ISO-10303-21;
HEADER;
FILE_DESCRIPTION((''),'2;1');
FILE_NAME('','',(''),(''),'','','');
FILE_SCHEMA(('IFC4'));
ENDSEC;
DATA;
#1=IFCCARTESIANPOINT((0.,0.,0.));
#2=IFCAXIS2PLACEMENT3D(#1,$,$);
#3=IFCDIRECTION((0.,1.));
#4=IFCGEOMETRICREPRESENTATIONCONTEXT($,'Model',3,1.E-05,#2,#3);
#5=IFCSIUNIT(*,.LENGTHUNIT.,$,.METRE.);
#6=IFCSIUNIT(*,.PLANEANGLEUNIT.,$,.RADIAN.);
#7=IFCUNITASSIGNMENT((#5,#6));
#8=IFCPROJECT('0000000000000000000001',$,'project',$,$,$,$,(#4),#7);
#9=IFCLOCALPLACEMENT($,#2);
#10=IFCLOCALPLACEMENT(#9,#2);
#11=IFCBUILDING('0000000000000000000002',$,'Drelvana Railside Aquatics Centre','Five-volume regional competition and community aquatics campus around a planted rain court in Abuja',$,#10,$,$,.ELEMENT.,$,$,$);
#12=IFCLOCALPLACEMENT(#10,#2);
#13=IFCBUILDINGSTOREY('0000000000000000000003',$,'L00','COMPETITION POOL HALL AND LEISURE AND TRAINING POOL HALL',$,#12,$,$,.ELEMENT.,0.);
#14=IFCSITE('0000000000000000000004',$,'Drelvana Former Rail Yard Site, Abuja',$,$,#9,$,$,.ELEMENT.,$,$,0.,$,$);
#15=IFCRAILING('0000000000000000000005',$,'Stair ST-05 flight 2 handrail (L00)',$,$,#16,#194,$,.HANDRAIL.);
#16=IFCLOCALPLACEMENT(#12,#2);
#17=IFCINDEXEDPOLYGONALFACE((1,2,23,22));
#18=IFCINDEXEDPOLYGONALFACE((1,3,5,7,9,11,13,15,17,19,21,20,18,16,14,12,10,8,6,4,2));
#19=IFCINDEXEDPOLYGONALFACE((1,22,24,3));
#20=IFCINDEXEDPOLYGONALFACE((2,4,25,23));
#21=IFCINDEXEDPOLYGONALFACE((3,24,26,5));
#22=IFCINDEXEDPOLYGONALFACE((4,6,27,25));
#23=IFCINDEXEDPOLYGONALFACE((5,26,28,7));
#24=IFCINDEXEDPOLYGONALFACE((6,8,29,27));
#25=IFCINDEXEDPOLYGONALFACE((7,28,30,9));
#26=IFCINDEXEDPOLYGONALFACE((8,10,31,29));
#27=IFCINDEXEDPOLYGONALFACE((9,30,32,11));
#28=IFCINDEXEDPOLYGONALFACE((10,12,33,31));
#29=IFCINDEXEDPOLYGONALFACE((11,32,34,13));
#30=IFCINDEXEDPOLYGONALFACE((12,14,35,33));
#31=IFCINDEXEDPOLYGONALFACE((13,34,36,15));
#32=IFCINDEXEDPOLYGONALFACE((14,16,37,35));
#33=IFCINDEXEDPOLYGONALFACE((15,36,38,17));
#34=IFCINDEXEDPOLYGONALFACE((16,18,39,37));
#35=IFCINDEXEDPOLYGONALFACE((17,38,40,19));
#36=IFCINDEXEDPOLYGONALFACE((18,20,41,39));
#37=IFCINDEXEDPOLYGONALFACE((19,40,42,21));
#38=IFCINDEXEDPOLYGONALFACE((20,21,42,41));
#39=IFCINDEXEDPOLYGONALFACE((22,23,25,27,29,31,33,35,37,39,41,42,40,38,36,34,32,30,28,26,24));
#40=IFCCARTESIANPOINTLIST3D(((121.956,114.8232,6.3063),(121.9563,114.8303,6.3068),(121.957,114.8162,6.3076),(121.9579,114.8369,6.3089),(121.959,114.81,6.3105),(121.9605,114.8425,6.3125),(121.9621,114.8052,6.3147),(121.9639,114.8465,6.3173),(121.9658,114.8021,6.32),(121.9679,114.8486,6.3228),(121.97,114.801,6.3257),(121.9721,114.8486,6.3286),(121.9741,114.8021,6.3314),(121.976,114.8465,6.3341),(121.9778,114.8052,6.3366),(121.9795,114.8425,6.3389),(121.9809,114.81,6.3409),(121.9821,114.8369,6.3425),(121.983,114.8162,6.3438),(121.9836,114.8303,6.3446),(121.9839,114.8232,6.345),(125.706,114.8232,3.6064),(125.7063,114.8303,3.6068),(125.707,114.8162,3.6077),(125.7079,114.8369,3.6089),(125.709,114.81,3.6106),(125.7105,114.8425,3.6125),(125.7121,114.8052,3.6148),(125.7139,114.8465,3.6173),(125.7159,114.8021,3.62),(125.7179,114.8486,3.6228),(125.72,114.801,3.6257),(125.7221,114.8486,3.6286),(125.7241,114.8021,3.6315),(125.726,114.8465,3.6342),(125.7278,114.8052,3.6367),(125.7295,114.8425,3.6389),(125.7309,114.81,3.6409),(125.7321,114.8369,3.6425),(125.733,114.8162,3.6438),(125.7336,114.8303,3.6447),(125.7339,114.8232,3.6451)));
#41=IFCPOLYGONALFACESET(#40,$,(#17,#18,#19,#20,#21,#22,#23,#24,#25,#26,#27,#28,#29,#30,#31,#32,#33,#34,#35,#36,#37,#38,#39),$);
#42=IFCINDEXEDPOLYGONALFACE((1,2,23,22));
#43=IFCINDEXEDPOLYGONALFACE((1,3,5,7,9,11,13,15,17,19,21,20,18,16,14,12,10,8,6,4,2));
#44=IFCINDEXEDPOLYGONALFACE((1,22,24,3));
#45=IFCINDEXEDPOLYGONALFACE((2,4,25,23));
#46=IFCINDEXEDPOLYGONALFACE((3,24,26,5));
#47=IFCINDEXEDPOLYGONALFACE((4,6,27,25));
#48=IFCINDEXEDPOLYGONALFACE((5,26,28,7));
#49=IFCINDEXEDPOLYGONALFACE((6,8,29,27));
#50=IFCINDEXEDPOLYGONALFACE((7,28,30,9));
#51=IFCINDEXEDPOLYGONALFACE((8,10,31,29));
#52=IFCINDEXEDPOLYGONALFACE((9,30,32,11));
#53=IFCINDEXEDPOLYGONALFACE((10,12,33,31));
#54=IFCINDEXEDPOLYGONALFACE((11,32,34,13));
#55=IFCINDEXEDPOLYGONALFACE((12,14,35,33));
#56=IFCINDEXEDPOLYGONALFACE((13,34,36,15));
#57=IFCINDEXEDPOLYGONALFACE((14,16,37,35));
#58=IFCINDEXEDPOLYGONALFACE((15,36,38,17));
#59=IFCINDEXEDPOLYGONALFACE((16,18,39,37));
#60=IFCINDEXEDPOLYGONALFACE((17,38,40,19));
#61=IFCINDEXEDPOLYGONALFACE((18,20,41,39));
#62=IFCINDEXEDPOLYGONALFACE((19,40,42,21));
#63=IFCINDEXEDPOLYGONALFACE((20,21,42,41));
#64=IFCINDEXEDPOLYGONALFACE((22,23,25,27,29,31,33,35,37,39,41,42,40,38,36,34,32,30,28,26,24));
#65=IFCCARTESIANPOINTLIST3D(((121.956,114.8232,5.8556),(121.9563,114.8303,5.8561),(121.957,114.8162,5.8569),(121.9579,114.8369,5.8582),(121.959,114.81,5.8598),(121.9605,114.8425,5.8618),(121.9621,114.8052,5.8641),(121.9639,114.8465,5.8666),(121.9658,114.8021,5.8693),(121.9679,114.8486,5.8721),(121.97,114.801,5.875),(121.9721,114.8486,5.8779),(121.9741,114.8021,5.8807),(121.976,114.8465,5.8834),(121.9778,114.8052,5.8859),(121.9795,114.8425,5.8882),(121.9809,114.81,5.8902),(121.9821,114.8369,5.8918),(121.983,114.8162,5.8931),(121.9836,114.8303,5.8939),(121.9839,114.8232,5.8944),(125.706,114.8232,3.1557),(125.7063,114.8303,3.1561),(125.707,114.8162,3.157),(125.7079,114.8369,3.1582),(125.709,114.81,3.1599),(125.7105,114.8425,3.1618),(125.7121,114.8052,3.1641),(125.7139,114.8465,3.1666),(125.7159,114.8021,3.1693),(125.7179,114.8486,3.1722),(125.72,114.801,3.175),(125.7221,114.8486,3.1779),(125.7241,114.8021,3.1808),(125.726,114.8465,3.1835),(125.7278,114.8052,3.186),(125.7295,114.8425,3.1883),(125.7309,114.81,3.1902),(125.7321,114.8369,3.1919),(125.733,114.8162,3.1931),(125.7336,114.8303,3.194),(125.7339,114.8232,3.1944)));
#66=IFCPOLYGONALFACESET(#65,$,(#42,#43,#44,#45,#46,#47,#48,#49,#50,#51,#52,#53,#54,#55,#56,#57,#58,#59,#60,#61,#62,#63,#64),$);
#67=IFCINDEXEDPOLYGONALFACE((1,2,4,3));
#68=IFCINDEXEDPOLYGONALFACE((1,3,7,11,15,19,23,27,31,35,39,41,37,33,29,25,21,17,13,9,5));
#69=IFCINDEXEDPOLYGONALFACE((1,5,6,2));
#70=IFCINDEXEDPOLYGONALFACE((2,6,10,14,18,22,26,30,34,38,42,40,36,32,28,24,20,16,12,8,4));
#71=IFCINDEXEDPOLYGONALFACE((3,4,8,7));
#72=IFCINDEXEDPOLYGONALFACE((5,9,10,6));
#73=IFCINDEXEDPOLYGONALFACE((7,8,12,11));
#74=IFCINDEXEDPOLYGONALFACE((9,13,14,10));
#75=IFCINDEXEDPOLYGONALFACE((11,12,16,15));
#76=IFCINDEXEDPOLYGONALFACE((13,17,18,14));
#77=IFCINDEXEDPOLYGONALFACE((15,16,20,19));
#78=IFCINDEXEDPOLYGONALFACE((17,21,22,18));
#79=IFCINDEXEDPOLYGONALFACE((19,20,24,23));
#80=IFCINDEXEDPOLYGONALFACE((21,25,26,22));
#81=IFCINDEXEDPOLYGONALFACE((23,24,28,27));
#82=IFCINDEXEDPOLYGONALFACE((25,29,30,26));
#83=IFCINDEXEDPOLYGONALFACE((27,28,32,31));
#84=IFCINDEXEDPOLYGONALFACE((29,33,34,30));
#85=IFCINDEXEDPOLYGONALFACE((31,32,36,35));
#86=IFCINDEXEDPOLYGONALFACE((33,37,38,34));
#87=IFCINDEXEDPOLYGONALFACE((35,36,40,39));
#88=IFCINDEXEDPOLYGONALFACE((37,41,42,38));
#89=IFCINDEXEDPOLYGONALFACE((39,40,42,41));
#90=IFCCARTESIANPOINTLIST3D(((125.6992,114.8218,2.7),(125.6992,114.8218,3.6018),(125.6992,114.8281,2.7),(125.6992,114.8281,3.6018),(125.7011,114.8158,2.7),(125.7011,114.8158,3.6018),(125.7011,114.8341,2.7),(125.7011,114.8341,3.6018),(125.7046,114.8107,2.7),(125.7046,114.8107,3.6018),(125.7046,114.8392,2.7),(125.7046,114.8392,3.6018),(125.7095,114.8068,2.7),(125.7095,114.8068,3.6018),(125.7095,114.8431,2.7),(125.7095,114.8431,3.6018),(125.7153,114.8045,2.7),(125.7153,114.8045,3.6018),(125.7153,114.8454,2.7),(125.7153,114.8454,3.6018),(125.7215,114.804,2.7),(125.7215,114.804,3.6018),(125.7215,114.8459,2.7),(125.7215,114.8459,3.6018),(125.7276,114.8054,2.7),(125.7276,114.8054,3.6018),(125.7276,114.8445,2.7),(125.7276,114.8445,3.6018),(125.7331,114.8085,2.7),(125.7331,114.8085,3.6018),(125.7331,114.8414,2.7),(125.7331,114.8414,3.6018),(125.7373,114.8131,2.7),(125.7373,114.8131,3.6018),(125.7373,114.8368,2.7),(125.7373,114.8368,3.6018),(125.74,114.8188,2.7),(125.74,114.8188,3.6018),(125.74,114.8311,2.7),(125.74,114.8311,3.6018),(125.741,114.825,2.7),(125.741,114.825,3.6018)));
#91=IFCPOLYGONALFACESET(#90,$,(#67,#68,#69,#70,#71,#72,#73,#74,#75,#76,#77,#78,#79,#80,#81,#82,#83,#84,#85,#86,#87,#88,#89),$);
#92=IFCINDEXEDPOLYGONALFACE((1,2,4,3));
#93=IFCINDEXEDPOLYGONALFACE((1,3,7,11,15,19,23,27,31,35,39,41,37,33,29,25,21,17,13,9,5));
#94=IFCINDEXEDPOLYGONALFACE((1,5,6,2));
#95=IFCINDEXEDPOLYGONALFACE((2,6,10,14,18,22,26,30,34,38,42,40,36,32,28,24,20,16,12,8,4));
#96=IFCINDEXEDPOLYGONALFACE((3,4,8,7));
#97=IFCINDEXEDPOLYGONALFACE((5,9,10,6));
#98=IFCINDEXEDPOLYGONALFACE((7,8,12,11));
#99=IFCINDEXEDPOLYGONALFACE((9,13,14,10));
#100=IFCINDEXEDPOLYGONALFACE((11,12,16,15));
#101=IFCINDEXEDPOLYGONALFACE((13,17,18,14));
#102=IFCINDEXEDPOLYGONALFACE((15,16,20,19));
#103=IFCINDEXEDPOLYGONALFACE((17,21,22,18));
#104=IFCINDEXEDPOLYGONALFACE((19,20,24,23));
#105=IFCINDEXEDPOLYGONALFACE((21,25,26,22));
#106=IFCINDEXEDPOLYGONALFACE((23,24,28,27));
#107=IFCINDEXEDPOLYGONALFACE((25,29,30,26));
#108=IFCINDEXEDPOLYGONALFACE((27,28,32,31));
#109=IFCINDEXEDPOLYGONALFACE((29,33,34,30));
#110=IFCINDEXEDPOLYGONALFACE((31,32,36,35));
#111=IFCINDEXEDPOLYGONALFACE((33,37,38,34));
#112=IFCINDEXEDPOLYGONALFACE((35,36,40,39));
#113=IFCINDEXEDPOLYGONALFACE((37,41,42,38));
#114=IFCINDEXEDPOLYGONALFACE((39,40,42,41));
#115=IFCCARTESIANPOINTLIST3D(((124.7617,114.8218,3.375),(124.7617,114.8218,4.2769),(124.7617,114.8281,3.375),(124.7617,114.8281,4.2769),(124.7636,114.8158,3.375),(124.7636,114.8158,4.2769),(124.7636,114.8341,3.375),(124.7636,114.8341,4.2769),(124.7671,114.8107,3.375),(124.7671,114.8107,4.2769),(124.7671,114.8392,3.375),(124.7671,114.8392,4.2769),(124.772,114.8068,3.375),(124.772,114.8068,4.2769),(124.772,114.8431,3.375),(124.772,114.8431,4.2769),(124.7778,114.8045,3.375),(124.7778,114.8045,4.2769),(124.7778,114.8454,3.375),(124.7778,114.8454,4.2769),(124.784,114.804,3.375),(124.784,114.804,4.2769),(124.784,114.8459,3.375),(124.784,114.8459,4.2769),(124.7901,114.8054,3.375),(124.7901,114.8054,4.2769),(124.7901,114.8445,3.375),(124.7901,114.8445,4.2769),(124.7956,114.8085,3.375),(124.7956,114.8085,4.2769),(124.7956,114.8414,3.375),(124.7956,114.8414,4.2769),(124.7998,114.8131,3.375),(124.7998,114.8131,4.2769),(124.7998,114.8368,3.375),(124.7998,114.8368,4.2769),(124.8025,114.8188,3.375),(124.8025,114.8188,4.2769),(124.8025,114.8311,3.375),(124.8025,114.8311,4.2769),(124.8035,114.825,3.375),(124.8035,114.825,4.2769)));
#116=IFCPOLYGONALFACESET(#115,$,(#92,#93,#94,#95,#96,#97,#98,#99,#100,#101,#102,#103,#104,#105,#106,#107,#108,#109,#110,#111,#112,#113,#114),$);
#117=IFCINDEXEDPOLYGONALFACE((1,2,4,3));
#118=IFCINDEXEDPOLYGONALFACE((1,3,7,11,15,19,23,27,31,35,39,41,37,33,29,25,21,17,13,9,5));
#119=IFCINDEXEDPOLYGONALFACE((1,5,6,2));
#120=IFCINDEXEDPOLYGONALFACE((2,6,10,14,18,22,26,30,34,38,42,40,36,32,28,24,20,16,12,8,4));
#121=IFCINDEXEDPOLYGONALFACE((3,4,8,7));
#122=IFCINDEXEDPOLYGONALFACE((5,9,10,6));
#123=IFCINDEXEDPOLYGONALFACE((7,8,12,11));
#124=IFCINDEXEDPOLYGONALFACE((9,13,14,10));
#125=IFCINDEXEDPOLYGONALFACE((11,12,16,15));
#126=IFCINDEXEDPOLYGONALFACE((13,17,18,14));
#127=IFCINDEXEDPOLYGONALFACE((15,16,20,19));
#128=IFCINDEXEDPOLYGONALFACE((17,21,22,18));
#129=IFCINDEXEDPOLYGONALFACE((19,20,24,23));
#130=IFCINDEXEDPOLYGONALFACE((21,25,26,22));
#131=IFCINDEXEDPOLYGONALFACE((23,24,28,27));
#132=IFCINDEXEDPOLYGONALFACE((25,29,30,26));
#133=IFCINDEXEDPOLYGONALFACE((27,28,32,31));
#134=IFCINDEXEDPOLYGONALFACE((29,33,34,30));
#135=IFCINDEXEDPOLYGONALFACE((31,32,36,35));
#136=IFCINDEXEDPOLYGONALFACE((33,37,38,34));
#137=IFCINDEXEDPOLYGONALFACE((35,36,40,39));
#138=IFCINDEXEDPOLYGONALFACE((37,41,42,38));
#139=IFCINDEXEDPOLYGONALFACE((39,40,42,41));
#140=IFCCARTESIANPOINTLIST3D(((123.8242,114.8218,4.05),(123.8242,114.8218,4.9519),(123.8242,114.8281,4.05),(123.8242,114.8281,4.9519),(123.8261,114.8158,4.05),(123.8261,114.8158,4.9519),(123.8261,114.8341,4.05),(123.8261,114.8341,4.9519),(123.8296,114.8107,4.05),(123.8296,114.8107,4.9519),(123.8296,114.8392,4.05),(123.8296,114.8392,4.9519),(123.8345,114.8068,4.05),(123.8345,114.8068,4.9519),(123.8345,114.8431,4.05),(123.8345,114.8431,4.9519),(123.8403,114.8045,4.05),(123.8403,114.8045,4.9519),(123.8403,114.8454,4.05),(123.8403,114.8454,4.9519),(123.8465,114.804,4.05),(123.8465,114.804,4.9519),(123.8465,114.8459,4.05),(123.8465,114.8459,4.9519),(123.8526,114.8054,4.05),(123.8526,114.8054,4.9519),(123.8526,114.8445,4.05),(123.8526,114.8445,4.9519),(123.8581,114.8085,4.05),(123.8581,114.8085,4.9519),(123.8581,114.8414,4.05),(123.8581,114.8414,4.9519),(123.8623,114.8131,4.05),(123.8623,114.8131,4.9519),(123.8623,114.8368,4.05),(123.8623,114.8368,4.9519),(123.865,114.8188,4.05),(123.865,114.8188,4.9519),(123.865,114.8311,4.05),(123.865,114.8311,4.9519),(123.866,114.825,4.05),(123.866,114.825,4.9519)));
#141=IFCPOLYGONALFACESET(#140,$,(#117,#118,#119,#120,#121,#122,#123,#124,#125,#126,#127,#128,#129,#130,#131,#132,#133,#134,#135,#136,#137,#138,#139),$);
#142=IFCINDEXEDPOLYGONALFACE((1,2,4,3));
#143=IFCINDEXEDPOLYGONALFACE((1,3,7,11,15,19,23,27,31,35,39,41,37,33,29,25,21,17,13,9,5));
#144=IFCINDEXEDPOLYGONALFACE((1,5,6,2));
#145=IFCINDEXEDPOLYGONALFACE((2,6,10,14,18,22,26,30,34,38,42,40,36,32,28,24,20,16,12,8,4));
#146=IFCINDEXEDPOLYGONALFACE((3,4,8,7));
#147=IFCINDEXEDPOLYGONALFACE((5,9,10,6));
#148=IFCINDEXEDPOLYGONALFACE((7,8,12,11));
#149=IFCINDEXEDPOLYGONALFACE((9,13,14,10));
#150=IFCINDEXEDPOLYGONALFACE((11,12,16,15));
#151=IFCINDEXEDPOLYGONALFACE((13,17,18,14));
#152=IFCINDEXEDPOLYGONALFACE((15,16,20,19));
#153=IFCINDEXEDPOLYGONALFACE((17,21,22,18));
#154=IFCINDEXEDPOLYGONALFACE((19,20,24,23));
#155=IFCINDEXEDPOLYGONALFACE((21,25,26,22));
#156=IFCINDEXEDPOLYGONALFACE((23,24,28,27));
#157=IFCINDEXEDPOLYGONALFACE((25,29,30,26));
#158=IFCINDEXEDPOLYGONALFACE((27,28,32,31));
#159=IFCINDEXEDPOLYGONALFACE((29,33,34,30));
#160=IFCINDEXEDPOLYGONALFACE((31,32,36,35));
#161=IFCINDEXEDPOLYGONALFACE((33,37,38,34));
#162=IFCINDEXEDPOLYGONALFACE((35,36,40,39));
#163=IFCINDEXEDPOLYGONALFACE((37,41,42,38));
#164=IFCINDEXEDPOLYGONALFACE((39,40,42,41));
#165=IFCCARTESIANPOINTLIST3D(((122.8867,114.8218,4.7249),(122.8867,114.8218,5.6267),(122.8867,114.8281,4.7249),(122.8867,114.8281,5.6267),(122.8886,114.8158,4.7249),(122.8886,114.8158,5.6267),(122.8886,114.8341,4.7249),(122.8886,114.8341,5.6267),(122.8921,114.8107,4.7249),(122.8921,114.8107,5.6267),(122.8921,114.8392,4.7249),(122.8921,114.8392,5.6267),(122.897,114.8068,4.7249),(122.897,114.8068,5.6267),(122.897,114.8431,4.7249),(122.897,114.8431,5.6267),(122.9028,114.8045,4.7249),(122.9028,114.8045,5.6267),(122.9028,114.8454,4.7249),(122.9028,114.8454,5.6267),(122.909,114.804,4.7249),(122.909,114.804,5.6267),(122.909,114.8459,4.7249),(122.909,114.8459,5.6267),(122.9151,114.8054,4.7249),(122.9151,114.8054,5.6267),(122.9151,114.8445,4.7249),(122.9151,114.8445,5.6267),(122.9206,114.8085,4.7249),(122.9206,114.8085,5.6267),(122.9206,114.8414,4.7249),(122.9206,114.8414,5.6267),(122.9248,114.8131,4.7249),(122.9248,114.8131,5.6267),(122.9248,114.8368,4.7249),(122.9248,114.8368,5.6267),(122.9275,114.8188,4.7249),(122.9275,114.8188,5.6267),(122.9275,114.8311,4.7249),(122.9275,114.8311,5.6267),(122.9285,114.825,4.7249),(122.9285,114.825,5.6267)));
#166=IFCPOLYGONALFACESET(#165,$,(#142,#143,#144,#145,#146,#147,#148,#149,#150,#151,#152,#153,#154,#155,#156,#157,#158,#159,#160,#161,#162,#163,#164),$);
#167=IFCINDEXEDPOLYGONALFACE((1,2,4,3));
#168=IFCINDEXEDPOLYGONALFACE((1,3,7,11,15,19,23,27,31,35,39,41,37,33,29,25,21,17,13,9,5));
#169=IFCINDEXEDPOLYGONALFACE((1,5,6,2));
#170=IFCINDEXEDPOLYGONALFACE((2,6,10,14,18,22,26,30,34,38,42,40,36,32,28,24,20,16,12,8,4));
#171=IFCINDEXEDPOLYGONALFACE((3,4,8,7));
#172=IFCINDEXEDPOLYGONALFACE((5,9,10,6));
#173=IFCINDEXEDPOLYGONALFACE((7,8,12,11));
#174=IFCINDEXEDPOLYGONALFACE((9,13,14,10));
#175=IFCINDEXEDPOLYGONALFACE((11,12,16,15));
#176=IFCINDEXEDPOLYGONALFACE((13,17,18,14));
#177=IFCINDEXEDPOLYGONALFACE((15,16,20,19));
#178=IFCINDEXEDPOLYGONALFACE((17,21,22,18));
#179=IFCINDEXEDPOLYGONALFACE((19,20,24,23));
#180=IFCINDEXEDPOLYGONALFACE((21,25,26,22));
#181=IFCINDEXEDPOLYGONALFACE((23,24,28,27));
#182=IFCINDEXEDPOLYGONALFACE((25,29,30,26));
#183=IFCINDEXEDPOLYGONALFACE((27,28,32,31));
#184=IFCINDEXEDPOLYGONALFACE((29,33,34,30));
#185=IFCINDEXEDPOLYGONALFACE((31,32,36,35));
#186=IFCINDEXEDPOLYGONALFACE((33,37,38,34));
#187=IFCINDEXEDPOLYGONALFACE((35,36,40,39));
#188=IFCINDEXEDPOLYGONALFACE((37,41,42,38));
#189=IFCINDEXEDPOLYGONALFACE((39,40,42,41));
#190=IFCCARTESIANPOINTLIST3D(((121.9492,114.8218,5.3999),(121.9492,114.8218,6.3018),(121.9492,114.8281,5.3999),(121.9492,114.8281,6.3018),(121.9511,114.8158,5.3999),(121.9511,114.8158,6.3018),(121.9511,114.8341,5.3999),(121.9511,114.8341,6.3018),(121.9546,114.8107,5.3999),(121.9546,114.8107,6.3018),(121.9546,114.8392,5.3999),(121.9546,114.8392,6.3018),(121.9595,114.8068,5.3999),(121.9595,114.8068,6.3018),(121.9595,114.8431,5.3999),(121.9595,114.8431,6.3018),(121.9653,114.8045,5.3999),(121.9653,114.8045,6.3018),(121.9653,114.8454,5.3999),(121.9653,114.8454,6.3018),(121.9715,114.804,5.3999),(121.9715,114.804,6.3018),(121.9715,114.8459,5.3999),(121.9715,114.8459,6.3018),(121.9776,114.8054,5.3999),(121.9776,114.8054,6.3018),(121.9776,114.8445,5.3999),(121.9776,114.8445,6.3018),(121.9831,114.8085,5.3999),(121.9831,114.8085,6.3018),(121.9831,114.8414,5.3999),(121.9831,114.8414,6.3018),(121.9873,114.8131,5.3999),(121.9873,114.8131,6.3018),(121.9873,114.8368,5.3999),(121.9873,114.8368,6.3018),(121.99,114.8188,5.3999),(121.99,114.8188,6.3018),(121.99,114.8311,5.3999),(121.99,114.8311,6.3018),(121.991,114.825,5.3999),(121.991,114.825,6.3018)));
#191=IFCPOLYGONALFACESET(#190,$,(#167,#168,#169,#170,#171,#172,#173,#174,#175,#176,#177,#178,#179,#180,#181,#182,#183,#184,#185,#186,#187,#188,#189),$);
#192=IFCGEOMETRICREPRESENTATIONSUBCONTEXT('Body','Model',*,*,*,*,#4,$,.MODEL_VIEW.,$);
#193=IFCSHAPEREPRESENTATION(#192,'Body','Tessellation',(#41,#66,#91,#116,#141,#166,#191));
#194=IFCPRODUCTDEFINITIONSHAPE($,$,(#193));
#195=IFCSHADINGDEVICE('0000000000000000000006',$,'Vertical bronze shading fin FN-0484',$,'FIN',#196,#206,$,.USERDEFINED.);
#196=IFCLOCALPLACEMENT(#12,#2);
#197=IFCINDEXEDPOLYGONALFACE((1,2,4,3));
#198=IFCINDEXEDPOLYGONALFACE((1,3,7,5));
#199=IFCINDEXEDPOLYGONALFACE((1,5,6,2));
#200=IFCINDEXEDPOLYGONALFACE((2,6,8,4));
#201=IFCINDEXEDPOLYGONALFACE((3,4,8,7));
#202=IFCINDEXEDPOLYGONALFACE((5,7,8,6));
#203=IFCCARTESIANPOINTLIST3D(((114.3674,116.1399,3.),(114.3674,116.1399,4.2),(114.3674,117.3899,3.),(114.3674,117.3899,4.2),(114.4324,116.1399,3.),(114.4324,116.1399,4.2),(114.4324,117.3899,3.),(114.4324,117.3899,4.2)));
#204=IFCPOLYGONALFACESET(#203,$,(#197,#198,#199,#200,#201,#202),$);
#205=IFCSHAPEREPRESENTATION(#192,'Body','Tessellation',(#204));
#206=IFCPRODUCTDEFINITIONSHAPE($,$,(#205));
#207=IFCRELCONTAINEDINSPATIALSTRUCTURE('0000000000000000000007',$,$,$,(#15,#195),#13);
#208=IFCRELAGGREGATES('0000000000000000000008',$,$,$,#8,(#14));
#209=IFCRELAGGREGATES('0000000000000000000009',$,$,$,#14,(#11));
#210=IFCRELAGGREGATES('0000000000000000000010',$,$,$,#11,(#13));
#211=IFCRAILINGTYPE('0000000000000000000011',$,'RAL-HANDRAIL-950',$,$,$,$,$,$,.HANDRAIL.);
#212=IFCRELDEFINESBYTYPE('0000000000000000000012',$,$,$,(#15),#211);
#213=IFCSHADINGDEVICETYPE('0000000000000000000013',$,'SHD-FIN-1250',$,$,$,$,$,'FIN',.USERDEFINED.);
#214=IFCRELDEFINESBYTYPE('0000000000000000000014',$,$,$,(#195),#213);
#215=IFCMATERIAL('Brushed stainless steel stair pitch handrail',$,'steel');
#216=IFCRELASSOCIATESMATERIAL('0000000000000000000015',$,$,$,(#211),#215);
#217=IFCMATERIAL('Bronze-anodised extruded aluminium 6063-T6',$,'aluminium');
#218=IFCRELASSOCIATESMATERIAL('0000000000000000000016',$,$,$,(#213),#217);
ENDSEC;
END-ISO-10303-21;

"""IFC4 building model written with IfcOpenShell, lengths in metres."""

from ifc_helpers import new_model, si_unit, direction, frame, origin, origin_2d, place, context, subcontext, project, spatial, rectangle, circle, extrude, material, type_object, element, save


model = new_model("IFC4")

# Units and contexts
model_context = context("Model", 3, precision=1e-05, world=origin(), true_north=direction((0.0, 1.0)))
body_context = subcontext(model_context, "Body", "Model", "MODEL_VIEW")
ifc_project = project(units=[si_unit("LENGTHUNIT", "METRE"), si_unit("PLANEANGLEUNIT", "RADIAN")], contexts=[model_context])

# Site, building, storey
site_placement = place(None, origin())
site = spatial("IfcSite", under=ifc_project, at=site_placement, Name="Drelvana Former Rail Yard Site, Abuja", CompositionType="ELEMENT", RefElevation=0.0)
building_placement = place(site_placement, origin())
building = spatial("IfcBuilding", under=site, at=building_placement, Name="Drelvana Railside Aquatics Centre", Description="Five-volume regional competition and community aquatics campus around a planted rain court in Abuja", CompositionType="ELEMENT")
storey_placement = place(building_placement, origin())
storey = spatial("IfcBuildingStorey", under=building, at=storey_placement, Name="L00", Description="COMPETITION POOL HALL AND LEISURE AND TRAINING POOL HALL", CompositionType="ELEMENT", Elevation=0.0)

# Shared definitions
ifc_material_1 = material(Name="Bronze-anodised extruded aluminium 6063-T6", Category="aluminium")

# Railing
ifc_material_2 = material(Name="Brushed stainless steel stair pitch handrail", Category="steel")
railing_type = type_object("IfcRailingType", Name="RAL-HANDRAIL-950", PredefinedType="HANDRAIL", material=ifc_material_2)
railing_1_placement = place(storey_placement, frame((125.72, 114.825, 2.7)))
element("IfcRailing", 1, at=railing_1_placement, inside=storey, type_object=railing_type, Name="Stair ST-05 flight 2 handrail (L00)", PredefinedType="HANDRAIL", context=body_context, shape_type="SweptSolid", body=[
    extrude(circle(Radius=0.0239, at=origin_2d()), frame((0.0, 0.0, 0.9258), z_axis=(-0.811539, 0.0, 0.584298), x_axis=(0.0, -1.0, 0.0)), (0.0, 0.0, 1.0), 4.6208),
    extrude(circle(Radius=0.0239, at=origin_2d()), frame((0.0, 0.0, 0.4751), z_axis=(-0.811539, 0.0, 0.584298), x_axis=(0.0, -1.0, 0.0)), (0.0, 0.0, 1.0), 4.6208),
    extrude(circle(Radius=0.021, at=origin_2d()), origin(), (0.0, 0.0, 1.0), 0.9019),
    extrude(circle(Radius=0.021, at=origin_2d()), frame((-0.9375, 0.0, 0.675)), (0.0, 0.0, 1.0), 0.9019),
    extrude(circle(Radius=0.021, at=origin_2d()), frame((-1.875, 0.0, 1.3501)), (0.0, 0.0, 1.0), 0.9019),
    extrude(circle(Radius=0.021, at=origin_2d()), frame((-2.8125, 0.0, 2.0249)), (0.0, 0.0, 1.0), 0.9019),
    extrude(circle(Radius=0.021, at=origin_2d()), frame((-3.75, 0.0, 2.7)), (0.0, 0.0, 1.0), 0.9019),
])

# Shading device
shading_device_type = type_object("IfcShadingDeviceType", Name="SHD-FIN-1250", ElementType="FIN", PredefinedType="USERDEFINED", material=ifc_material_1)
for number, where, z_axis, x_axis, name in (
    (2, (114.3999, 116.7649, 3.0), (0.0, 0.0, 1.0), (0.0, 1.0, 0.0), "Vertical bronze shading fin FN-0484"),
):
    element("IfcShadingDevice", number, at=place(storey_placement, frame(where, z_axis=z_axis, x_axis=x_axis)), inside=storey, type_object=shading_device_type, Name=name, ObjectType="FIN", PredefinedType="USERDEFINED", context=body_context, shape_type="SweptSolid", body=[
        extrude(rectangle(XDim=1.25, YDim=0.0649, at=origin_2d()), origin(), (0.0, 0.0, 1.0), 1.2),
    ])

save(model, "model.ifc")
